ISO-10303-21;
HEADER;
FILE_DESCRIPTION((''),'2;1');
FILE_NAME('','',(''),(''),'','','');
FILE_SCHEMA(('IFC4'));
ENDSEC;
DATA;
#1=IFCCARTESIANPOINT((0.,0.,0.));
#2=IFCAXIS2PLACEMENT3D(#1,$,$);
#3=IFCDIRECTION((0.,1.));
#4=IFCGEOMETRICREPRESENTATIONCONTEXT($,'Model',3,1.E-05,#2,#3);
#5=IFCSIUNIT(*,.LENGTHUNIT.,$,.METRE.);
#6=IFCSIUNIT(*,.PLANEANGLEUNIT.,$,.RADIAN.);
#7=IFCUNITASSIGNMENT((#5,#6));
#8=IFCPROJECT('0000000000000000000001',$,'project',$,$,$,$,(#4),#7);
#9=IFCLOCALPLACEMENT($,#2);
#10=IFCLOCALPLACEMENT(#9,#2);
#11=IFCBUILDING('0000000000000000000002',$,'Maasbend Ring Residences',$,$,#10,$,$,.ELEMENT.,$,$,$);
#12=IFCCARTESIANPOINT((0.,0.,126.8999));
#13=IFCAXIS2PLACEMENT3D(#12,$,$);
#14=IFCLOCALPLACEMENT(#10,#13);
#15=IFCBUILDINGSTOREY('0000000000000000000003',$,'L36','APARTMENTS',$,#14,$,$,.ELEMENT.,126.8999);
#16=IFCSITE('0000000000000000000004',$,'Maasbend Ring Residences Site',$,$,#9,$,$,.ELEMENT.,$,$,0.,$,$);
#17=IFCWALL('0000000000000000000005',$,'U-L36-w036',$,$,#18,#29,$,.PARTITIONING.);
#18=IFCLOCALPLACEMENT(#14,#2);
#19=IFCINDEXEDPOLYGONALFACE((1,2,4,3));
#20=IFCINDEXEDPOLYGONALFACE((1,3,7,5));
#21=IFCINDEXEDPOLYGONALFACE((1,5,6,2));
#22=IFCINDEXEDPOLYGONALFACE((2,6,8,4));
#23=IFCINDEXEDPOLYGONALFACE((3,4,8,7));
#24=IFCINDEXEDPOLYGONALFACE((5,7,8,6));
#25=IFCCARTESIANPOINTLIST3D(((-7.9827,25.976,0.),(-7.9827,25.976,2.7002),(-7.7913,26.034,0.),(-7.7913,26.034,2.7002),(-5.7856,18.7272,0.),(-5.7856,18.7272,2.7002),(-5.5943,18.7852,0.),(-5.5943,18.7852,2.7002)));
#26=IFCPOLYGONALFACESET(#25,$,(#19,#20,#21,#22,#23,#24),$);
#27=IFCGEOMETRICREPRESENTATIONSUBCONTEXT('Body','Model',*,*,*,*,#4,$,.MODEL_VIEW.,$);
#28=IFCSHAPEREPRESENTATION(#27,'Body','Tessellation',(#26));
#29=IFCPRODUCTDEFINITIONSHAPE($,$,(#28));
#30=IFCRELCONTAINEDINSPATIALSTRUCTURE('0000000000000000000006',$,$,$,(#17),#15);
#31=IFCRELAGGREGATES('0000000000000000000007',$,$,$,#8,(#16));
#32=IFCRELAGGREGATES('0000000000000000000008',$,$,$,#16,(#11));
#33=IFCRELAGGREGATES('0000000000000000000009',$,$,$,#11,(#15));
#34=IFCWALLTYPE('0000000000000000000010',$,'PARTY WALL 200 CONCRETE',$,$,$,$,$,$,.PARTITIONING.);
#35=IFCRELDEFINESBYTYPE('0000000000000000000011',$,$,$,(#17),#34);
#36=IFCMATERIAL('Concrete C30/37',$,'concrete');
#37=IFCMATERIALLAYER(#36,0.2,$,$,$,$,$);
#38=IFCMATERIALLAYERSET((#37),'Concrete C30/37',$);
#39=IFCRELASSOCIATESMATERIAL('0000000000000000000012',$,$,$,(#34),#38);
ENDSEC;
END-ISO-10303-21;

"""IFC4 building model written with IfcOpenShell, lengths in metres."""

from ifc_helpers import new_model, si_unit, direction, frame, frame_2d, origin, place, context, subcontext, project, spatial, rectangle, extrude, material, layer, layer_set, type_object, element, save


model = new_model("IFC4")

# Units and contexts
model_context = context("Model", 3, precision=1e-05, world=origin(), true_north=direction((0.0, 1.0)))
body_context = subcontext(model_context, "Body", "Model", "MODEL_VIEW")
ifc_project = project(units=[si_unit("LENGTHUNIT", "METRE"), si_unit("PLANEANGLEUNIT", "RADIAN")], contexts=[model_context])

# Site, building, storey
site_placement = place(None, origin())
site = spatial("IfcSite", under=ifc_project, at=site_placement, Name="Maasbend Ring Residences Site", CompositionType="ELEMENT", RefElevation=0.0)
building_placement = place(site_placement, origin())
building = spatial("IfcBuilding", under=site, at=building_placement, Name="Maasbend Ring Residences", CompositionType="ELEMENT")
storey_placement = place(building_placement, frame((0.0, 0.0, 126.8999)))
storey = spatial("IfcBuildingStorey", under=building, at=storey_placement, Name="L36", Description="APARTMENTS", CompositionType="ELEMENT", Elevation=126.8999)

# Wall
ifc_material_1 = material(Name="Concrete C30/37", Category="concrete")
ifc_layer_1 = layer(ifc_material_1, 0.2)
ifc_layer_set_1 = layer_set([ifc_layer_1], Name="Concrete C30/37")
wall_type_1 = type_object("IfcWallType", Name="PARTY WALL 200 CONCRETE", PredefinedType="PARTITIONING", material=ifc_layer_set_1)
wall_1_placement = place(storey_placement, frame((-7.887, 26.0049, 0.0), z_axis=(0.0, 0.0, 1.0), x_axis=(0.290058, -0.957009, 0.0)))
element("IfcWall", 1, at=wall_1_placement, inside=storey, type_object=wall_type_1, Name="U-L36-w036", PredefinedType="PARTITIONING", context=body_context, shape_type="SweptSolid", body=[
    extrude(rectangle(XDim=7.5745, YDim=0.2, at=frame_2d((3.7871, 0.0))), origin(), (0.0, 0.0, 1.0), 2.7002),
])

save(model, "model.ifc")
